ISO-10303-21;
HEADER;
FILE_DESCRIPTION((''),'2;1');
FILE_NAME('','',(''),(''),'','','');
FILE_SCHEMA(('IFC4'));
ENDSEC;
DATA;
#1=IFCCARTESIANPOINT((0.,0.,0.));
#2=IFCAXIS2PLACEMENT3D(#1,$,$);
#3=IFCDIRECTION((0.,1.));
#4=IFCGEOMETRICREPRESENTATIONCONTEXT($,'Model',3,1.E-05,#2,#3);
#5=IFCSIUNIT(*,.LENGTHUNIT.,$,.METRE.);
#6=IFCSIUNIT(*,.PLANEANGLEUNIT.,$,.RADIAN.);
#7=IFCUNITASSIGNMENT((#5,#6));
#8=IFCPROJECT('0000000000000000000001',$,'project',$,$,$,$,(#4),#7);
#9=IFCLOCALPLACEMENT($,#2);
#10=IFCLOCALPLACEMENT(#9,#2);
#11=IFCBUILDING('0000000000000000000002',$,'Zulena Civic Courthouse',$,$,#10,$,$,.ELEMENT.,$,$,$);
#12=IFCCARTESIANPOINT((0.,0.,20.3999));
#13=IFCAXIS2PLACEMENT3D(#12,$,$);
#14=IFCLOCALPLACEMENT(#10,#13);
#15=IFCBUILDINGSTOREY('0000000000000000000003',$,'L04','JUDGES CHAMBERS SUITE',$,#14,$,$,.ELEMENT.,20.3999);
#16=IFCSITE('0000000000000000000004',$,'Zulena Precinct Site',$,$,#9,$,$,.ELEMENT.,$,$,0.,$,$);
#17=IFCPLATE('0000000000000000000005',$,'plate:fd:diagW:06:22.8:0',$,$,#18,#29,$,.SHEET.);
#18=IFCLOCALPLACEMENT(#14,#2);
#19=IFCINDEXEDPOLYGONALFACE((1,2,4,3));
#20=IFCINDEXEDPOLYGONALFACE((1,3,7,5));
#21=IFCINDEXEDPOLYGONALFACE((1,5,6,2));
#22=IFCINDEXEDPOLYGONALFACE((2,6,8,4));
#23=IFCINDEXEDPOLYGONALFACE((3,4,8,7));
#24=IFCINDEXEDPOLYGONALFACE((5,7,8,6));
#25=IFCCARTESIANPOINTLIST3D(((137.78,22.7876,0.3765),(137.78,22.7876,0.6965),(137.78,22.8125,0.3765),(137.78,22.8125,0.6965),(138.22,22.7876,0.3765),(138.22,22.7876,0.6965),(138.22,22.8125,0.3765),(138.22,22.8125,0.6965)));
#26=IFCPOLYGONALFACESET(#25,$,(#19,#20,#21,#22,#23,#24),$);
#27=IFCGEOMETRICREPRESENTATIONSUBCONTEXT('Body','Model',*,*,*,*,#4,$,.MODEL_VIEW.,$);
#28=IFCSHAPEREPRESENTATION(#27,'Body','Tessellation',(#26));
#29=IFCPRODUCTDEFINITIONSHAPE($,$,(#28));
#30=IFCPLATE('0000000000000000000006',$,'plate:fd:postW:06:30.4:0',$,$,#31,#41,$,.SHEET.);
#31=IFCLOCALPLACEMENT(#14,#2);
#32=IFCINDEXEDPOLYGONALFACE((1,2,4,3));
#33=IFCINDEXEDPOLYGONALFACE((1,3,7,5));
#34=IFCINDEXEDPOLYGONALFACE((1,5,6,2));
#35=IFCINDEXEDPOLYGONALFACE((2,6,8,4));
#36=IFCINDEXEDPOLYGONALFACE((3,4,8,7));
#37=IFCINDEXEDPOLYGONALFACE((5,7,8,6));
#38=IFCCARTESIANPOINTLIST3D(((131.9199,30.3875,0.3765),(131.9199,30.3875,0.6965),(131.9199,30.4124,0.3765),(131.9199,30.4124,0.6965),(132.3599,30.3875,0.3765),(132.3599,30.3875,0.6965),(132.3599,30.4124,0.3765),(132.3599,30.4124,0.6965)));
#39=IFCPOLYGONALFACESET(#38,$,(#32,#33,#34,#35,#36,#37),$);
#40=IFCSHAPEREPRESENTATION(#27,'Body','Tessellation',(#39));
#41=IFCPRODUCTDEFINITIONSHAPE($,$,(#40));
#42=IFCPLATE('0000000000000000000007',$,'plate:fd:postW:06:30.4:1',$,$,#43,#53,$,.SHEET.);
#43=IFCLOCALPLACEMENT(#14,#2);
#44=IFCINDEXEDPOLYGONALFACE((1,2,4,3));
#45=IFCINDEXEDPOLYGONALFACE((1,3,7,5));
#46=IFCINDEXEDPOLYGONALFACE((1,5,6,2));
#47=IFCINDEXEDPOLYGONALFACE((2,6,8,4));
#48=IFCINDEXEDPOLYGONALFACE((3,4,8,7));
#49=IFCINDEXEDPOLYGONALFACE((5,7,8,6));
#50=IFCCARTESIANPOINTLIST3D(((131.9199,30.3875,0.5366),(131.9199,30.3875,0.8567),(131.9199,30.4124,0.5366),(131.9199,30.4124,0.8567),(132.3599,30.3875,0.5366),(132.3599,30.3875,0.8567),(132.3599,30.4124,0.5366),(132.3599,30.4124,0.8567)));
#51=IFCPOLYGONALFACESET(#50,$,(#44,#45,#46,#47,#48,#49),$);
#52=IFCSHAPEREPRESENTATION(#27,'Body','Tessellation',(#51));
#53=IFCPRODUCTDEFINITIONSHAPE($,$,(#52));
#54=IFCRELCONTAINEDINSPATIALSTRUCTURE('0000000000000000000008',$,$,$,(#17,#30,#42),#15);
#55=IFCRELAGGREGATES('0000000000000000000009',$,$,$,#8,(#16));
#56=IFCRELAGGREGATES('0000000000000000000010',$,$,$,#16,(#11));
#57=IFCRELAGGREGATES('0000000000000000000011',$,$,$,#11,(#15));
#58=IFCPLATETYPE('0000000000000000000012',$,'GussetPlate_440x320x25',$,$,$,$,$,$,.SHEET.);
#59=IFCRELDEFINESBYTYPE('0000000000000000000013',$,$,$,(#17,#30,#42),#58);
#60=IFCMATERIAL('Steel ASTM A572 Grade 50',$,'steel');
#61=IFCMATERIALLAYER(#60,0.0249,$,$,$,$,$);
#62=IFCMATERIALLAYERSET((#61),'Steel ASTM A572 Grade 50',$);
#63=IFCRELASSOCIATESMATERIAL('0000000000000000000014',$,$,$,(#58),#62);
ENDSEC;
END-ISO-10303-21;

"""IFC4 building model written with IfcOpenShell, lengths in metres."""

from ifc_helpers import new_model, si_unit, direction, frame, origin, origin_2d, place, context, subcontext, project, spatial, rectangle, extrude, material, layer, layer_set, type_object, element, save


model = new_model("IFC4")

# Units and contexts
model_context = context("Model", 3, precision=1e-05, world=origin(), true_north=direction((0.0, 1.0)))
body_context = subcontext(model_context, "Body", "Model", "MODEL_VIEW")
ifc_project = project(units=[si_unit("LENGTHUNIT", "METRE"), si_unit("PLANEANGLEUNIT", "RADIAN")], contexts=[model_context])

# Site, building, storey
site_placement = place(None, origin())
site = spatial("IfcSite", under=ifc_project, at=site_placement, Name="Zulena Precinct Site", CompositionType="ELEMENT", RefElevation=0.0)
building_placement = place(site_placement, origin())
building = spatial("IfcBuilding", under=site, at=building_placement, Name="Zulena Civic Courthouse", CompositionType="ELEMENT")
storey_placement = place(building_placement, frame((0.0, 0.0, 20.3999)))
storey = spatial("IfcBuildingStorey", under=building, at=storey_placement, Name="L04", Description="JUDGES CHAMBERS SUITE", CompositionType="ELEMENT", Elevation=20.3999)

# Plates
ifc_material_1 = material(Name="Steel ASTM A572 Grade 50", Category="steel")
ifc_layer = layer(ifc_material_1, 0.0249)
ifc_layer_set = layer_set([ifc_layer], Name="Steel ASTM A572 Grade 50")
plate_type = type_object("IfcPlateType", Name="GussetPlate_440x320x25", PredefinedType="SHEET", material=ifc_layer_set)
for number, where, z_axis, x_axis, name in (
    (1, (138.0, 22.8, 0.3765), (0.0, 0.0, 1.0), (1.0, 0.0, 0.0), "plate:fd:diagW:06:22.8:0"),
    (2, (132.1399, 30.3999, 0.3765), (0.0, 0.0, 1.0), (1.0, 0.0, 0.0), "plate:fd:postW:06:30.4:0"),
    (3, (132.1399, 30.3999, 0.5366), (0.0, 0.0, 1.0), (1.0, 0.0, 0.0), "plate:fd:postW:06:30.4:1"),
):
    element("IfcPlate", number, at=place(storey_placement, frame(where, z_axis=z_axis, x_axis=x_axis)), inside=storey, type_object=plate_type, Name=name, PredefinedType="SHEET", context=body_context, shape_type="SweptSolid", body=[
        extrude(rectangle(XDim=0.4399, YDim=0.0249, at=origin_2d()), origin(), (0.0, 0.0, 1.0), 0.3201),
    ])

save(model, "model.ifc")
